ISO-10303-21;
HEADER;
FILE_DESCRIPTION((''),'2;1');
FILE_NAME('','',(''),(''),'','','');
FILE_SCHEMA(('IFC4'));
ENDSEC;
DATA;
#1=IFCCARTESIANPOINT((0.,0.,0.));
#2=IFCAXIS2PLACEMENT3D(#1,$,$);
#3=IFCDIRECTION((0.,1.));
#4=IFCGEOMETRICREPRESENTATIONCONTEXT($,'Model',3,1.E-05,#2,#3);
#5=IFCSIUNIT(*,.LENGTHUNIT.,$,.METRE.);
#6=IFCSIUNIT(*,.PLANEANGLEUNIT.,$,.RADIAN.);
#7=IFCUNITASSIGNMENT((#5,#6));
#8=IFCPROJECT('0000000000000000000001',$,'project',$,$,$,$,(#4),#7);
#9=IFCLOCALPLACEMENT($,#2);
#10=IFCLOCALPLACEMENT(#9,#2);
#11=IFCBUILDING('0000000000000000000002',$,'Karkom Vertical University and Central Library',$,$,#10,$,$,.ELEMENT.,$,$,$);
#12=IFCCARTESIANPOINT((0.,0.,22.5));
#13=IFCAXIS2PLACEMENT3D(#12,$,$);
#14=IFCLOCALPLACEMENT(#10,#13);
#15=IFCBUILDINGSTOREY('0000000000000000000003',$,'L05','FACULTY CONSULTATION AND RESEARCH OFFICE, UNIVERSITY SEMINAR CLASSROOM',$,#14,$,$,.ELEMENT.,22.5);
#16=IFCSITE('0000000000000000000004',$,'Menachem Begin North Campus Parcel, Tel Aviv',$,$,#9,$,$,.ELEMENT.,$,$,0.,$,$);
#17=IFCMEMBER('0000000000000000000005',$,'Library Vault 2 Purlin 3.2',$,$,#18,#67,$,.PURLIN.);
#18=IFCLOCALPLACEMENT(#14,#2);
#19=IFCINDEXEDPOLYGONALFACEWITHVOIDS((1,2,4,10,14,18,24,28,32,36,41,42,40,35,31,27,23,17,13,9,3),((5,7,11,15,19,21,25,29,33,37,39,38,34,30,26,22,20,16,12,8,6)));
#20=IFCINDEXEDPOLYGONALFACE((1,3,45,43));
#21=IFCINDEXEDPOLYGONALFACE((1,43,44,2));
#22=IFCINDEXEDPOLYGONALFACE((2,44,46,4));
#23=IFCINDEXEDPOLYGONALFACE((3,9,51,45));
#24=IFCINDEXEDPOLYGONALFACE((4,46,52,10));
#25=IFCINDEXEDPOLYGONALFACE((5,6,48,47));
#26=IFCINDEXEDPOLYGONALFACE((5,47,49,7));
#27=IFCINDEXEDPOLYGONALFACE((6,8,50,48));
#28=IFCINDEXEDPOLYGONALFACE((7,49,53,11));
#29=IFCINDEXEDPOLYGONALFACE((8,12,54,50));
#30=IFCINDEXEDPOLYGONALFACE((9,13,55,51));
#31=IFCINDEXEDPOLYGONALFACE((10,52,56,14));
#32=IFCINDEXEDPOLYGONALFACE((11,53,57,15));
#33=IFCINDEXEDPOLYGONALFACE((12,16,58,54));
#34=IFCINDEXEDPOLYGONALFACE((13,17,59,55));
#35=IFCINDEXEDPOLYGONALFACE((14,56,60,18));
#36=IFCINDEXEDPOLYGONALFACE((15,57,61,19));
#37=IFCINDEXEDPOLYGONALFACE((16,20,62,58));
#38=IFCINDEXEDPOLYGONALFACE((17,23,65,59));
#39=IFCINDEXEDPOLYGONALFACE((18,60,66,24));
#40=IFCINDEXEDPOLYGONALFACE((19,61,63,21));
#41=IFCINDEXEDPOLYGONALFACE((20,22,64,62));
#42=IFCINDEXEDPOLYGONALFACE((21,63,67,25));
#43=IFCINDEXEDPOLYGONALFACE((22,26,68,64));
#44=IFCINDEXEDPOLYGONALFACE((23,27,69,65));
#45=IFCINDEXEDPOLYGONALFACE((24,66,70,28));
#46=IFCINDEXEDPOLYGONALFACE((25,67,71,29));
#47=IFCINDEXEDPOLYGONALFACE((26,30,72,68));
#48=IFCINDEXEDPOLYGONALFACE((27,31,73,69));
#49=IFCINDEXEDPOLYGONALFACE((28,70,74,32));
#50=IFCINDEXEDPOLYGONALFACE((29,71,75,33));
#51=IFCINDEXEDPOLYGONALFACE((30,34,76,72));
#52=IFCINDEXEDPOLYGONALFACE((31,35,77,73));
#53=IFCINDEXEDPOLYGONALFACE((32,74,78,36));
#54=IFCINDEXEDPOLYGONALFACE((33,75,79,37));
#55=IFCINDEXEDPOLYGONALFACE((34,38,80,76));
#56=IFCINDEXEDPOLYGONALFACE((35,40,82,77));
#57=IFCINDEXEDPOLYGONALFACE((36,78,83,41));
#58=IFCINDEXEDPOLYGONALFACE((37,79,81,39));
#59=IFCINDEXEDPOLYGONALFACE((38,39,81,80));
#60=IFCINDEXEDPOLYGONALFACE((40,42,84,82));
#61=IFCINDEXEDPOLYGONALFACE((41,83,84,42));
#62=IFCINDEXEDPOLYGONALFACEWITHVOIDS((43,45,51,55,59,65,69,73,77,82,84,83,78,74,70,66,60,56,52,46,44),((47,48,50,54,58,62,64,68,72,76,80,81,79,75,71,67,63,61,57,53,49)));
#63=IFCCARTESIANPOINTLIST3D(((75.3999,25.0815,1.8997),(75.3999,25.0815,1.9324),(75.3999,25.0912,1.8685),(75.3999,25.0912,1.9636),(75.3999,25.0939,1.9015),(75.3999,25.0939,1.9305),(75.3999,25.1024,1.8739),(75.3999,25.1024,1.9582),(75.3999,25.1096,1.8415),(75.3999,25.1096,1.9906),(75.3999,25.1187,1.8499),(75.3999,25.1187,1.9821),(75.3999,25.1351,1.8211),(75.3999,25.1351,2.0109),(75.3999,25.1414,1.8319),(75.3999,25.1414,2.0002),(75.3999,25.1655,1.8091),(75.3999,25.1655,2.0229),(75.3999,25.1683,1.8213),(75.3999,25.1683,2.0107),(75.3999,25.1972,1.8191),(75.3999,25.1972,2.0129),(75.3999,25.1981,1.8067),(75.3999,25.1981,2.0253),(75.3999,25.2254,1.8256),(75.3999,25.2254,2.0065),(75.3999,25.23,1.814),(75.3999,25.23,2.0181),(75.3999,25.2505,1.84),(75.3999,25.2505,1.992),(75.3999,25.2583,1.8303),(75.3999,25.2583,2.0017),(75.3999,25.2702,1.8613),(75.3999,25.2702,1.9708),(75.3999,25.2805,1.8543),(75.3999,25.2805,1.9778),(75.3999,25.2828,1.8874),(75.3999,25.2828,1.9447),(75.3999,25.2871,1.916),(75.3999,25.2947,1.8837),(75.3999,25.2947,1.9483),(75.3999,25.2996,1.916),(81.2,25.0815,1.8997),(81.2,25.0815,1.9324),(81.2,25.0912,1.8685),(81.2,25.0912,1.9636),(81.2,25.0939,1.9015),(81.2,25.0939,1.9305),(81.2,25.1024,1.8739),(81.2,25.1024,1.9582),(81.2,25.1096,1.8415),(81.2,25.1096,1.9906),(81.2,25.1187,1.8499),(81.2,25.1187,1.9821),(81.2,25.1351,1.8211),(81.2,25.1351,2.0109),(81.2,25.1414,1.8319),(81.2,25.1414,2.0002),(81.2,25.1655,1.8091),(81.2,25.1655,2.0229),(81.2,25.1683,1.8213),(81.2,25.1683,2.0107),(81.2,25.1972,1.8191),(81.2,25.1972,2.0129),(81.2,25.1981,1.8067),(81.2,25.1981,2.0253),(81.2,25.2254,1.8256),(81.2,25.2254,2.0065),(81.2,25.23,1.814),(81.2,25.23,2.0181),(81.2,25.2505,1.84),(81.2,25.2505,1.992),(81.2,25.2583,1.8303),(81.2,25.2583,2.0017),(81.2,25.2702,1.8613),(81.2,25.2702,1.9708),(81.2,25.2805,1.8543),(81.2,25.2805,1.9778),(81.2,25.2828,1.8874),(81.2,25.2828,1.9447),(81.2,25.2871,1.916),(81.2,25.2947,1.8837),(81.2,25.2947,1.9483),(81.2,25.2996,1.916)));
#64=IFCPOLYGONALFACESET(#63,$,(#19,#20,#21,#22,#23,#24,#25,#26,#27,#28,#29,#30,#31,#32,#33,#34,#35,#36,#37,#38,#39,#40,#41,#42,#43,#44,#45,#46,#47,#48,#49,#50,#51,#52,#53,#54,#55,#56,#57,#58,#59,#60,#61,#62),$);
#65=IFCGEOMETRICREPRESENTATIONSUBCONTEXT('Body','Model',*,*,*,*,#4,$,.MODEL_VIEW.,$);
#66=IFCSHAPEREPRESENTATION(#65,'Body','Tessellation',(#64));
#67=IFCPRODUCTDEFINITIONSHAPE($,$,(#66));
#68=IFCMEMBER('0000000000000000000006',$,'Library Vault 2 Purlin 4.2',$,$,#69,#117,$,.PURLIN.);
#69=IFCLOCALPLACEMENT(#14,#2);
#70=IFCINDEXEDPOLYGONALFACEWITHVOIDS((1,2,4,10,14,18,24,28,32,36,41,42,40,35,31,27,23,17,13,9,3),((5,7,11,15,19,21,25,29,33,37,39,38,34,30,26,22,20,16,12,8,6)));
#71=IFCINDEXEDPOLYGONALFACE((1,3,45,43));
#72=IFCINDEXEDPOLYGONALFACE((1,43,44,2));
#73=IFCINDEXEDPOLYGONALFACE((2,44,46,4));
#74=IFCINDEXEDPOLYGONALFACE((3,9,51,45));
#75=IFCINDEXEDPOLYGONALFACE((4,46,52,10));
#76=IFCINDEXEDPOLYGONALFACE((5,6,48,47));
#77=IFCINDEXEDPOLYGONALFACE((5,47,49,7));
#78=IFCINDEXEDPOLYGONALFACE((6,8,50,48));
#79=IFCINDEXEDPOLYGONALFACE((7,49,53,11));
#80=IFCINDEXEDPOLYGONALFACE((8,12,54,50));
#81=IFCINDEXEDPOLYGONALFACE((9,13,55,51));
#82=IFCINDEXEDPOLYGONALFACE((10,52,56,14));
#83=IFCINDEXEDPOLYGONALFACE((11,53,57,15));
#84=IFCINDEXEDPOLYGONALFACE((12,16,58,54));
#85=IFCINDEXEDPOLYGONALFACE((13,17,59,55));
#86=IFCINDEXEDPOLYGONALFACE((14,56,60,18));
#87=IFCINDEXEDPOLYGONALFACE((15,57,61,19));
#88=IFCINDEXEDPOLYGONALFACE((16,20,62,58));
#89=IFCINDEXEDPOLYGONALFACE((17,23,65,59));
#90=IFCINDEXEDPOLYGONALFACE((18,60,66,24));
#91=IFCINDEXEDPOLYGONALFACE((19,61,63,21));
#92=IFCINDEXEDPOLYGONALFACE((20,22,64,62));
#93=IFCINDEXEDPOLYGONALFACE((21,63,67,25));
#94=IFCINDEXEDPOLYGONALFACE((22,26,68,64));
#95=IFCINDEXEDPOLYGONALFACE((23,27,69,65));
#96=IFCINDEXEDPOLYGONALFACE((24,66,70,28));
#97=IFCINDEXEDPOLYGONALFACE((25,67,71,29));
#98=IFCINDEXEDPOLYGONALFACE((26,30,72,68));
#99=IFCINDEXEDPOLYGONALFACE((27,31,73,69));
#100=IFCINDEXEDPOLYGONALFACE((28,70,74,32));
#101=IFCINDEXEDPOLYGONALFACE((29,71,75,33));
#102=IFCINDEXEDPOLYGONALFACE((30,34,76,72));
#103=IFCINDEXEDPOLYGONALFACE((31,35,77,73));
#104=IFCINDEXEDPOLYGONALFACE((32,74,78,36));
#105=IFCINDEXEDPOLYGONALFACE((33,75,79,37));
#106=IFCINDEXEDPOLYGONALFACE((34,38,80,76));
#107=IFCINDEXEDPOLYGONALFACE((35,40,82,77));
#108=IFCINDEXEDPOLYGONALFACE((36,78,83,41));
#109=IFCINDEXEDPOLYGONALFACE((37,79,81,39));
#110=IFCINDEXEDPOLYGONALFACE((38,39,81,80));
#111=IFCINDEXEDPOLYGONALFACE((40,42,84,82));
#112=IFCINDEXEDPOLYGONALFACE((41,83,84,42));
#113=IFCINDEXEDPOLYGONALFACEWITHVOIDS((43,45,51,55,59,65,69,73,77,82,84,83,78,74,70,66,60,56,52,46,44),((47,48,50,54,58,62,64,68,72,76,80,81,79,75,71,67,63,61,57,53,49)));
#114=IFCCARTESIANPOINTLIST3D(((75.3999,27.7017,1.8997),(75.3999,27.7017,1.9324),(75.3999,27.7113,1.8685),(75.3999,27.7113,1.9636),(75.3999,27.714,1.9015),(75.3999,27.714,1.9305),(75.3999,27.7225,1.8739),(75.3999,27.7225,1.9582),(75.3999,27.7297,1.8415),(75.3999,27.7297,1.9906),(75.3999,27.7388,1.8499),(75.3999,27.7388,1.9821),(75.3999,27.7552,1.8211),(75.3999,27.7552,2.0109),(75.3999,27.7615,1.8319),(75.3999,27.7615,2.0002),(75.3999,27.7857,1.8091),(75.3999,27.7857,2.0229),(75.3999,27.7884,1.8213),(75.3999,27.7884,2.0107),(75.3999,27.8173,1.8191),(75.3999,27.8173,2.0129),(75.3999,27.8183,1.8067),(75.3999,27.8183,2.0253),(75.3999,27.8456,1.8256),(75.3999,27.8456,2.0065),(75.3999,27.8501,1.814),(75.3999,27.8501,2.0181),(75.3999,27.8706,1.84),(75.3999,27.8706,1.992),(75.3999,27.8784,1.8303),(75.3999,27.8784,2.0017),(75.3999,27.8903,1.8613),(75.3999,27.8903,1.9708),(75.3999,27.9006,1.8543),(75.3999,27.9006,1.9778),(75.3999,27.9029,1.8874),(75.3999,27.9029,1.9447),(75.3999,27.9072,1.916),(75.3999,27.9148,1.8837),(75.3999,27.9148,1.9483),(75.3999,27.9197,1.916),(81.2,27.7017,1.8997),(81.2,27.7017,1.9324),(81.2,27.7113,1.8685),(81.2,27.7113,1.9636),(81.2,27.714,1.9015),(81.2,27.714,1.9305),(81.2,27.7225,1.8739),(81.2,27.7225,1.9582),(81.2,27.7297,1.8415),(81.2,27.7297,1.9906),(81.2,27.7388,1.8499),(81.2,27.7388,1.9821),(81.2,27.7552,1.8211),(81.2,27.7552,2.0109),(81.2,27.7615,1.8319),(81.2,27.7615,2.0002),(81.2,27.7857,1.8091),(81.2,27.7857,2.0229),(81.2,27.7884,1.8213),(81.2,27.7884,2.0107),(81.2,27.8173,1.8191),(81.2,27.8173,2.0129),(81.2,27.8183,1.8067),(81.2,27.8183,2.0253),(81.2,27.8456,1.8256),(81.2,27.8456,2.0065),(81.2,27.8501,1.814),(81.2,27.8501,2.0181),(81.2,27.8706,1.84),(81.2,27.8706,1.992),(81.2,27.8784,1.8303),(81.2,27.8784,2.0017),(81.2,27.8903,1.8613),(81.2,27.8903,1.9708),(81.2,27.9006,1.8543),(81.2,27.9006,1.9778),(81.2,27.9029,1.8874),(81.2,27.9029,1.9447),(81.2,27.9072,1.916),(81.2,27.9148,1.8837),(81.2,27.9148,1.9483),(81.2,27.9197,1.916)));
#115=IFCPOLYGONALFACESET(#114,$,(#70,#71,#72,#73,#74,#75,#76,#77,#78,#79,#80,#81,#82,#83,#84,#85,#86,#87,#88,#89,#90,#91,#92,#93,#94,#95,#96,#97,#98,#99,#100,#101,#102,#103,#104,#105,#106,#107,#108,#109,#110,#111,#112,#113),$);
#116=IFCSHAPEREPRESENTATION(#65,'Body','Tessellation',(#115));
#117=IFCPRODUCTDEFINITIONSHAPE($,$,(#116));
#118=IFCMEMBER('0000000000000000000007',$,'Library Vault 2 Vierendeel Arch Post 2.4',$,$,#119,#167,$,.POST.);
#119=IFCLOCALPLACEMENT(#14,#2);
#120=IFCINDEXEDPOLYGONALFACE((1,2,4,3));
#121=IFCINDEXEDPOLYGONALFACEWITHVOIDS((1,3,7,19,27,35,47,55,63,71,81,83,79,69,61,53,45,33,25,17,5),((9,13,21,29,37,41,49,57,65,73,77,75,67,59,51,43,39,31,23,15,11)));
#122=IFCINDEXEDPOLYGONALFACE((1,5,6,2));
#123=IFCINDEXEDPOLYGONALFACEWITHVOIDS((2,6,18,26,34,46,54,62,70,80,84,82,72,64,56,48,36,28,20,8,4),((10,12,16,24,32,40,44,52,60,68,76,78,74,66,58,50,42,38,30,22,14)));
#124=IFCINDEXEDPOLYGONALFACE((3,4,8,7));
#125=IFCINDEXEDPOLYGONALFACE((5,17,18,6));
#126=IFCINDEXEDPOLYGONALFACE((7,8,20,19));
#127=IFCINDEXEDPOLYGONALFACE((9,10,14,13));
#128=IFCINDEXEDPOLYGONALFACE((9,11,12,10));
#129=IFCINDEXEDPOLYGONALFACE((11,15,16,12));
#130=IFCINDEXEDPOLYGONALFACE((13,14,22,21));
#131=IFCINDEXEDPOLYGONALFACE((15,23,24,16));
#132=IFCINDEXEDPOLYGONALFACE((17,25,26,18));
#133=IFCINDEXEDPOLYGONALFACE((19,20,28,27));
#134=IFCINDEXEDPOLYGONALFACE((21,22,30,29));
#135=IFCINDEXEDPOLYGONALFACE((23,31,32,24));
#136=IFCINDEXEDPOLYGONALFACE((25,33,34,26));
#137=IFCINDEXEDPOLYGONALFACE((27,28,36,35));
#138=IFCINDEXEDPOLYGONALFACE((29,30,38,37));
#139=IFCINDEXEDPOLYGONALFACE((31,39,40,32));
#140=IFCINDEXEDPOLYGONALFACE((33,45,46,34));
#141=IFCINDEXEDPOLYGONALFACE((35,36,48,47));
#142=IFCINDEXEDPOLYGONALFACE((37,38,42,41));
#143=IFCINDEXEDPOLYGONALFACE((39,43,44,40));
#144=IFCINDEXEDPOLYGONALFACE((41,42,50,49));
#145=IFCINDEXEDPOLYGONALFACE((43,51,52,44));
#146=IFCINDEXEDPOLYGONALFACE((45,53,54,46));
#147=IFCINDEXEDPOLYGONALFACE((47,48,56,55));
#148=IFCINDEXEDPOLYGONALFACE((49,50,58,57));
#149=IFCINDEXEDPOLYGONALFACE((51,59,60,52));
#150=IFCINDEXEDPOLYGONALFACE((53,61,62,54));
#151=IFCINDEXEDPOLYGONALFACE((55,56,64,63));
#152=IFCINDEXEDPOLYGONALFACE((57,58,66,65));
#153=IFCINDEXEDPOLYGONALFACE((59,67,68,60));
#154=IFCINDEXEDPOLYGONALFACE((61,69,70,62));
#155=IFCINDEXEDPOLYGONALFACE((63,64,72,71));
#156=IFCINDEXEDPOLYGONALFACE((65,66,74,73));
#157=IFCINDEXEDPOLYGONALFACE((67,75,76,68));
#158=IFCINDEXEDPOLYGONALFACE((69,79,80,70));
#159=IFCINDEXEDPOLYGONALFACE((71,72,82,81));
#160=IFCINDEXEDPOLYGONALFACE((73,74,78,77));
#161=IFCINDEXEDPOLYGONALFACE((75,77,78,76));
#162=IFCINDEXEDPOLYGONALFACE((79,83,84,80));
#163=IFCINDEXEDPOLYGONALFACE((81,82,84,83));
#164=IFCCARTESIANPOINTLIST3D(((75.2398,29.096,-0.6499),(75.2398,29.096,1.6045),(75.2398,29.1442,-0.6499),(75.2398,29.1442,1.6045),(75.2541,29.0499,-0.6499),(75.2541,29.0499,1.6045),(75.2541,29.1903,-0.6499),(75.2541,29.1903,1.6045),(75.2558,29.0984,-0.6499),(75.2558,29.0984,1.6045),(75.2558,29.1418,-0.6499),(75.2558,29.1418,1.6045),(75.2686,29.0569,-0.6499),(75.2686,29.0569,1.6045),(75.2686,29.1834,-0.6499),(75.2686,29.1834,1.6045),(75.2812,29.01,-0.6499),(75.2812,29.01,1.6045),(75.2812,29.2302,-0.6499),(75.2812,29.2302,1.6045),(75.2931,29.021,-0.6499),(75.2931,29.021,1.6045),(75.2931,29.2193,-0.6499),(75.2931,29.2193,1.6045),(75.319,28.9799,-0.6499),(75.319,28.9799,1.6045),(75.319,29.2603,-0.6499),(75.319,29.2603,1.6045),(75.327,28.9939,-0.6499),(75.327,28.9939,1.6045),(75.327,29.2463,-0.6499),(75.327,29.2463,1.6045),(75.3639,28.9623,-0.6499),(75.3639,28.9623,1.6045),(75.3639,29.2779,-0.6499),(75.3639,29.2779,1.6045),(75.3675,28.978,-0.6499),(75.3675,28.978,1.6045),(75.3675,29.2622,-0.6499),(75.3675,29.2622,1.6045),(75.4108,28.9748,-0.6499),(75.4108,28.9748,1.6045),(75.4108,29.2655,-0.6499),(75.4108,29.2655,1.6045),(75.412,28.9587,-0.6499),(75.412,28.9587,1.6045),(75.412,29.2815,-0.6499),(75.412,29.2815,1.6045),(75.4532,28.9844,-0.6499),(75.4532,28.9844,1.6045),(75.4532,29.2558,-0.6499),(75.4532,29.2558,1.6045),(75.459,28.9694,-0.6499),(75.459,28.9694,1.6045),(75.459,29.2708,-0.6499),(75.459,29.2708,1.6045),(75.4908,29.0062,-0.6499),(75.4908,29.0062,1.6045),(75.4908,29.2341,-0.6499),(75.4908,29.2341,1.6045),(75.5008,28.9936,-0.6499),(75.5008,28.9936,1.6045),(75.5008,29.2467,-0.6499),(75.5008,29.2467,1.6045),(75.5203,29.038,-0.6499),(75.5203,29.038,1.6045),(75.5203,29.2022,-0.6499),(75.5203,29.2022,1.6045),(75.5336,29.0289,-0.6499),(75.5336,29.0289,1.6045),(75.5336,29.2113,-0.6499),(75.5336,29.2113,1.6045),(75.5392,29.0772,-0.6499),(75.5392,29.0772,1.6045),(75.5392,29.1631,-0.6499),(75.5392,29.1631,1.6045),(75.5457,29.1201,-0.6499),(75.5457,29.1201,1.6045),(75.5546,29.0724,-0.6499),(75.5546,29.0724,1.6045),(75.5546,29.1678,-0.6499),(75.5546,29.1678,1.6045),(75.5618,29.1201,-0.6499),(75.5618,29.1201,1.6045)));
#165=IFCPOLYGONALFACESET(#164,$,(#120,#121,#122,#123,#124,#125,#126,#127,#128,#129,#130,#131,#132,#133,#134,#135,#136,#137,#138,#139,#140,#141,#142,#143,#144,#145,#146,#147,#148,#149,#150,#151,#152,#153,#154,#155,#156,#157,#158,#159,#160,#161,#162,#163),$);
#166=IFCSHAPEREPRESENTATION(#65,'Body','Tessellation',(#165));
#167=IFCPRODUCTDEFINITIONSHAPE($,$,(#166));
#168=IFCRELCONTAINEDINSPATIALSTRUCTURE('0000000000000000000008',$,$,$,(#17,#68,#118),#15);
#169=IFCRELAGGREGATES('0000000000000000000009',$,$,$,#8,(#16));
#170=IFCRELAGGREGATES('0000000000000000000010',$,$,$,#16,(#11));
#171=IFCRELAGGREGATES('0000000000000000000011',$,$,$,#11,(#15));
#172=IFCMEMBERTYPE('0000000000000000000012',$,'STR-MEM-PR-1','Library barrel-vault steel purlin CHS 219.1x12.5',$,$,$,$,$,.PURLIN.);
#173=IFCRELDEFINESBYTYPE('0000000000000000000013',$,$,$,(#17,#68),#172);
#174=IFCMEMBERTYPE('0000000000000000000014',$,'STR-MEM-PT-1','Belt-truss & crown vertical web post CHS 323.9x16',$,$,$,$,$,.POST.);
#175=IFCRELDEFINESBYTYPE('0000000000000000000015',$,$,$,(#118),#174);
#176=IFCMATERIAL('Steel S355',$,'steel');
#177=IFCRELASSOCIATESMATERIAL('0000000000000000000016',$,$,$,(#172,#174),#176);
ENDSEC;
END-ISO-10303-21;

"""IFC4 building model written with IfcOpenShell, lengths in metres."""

from ifc_helpers import new_model, si_unit, direction, frame, origin, origin_with_axes, origin_2d, place, context, subcontext, project, spatial, hollow_circle, extrude, source, transform, mapped, material, material_profile, profile_set, type_object, element, save


model = new_model("IFC4")

# Units and contexts
model_context = context("Model", 3, precision=1e-05, world=origin(), true_north=direction((0.0, 1.0)))
body_context = subcontext(model_context, "Body", "Model", "MODEL_VIEW")
ifc_project = project(units=[si_unit("LENGTHUNIT", "METRE"), si_unit("PLANEANGLEUNIT", "RADIAN")], contexts=[model_context])

# Site, building, storey
site_placement = place(None, origin())
site = spatial("IfcSite", under=ifc_project, at=site_placement, Name="Menachem Begin North Campus Parcel, Tel Aviv", CompositionType="ELEMENT", RefElevation=0.0)
building_placement = place(site_placement, origin())
building = spatial("IfcBuilding", under=site, at=building_placement, Name="Karkom Vertical University and Central Library", CompositionType="ELEMENT")
storey_placement = place(building_placement, frame((0.0, 0.0, 22.5)))
storey = spatial("IfcBuildingStorey", under=building, at=storey_placement, Name="L05", Description="FACULTY CONSULTATION AND RESEARCH OFFICE, UNIVERSITY SEMINAR CLASSROOM", CompositionType="ELEMENT", Elevation=22.5)

# Members
ifc_material_1 = material(Name="Steel S355", Category="steel")
ifc_material_profile_1 = material_profile(ifc_material_1, hollow_circle(Radius=0.1096, WallThickness=0.0125, at=origin_2d()), Name="CHS 219.1x12.5")
ifc_profile_set_1 = profile_set([ifc_material_profile_1], Name="Steel S355")
member_type_1 = type_object("IfcMemberType", Name="STR-MEM-PR-1", Description="Library barrel-vault steel purlin CHS 219.1x12.5", PredefinedType="PURLIN", material=ifc_profile_set_1)
shared_shape_1 = source(origin_with_axes(), body_context, "Body", "SweptSolid", [
    extrude(hollow_circle(Radius=0.1096, WallThickness=0.0125, at=origin_2d()), origin(), (0.0, 0.0, 1.0), 5.8),
])
for number, where, z_axis, x_axis, name in (
    (1, (75.3999, 25.1899, 1.916), (1.0, 0.0, 0.0), (0.0, 1.0, 0.0), "Library Vault 2 Purlin 3.2"),
    (2, (75.3999, 27.8101, 1.916), (1.0, 0.0, 0.0), (0.0, 1.0, 0.0), "Library Vault 2 Purlin 4.2"),
):
    element("IfcMember", number, at=place(storey_placement, frame(where, z_axis=z_axis, x_axis=x_axis)), inside=storey, type_object=member_type_1, Name=name, PredefinedType="PURLIN", context=body_context, shape_type="MappedRepresentation", body=[
        mapped(shared_shape_1, transform((0.0, 0.0, 0.0), scale=1.0)),
    ])
ifc_material_profile_2 = material_profile(ifc_material_1, hollow_circle(Radius=0.1619, WallThickness=0.0161, at=origin_2d()), Name="CHS 323.9x16")
ifc_profile_set_2 = profile_set([ifc_material_profile_2], Name="Steel S355")
member_type_2 = type_object("IfcMemberType", Name="STR-MEM-PT-1", Description="Belt-truss & crown vertical web post CHS 323.9x16", PredefinedType="POST", material=ifc_profile_set_2)
shared_shape_2 = source(origin_with_axes(), body_context, "Body", "SweptSolid", [
    extrude(hollow_circle(Radius=0.1619, WallThickness=0.0161, at=origin_2d()), origin(), (0.0, 0.0, 1.0), 2.2544),
])
member_1_placement = place(storey_placement, frame((75.3999, 29.1201, -0.6499), z_axis=(0.0, 0.0, 1.0), x_axis=(1.0, 0.0, 0.0)))
element("IfcMember", 3, at=member_1_placement, inside=storey, type_object=member_type_2, Name="Library Vault 2 Vierendeel Arch Post 2.4", PredefinedType="POST", context=body_context, shape_type="MappedRepresentation", body=[
    mapped(shared_shape_2, transform((0.0, 0.0, 0.0), scale=1.0)),
])

save(model, "model.ifc")
